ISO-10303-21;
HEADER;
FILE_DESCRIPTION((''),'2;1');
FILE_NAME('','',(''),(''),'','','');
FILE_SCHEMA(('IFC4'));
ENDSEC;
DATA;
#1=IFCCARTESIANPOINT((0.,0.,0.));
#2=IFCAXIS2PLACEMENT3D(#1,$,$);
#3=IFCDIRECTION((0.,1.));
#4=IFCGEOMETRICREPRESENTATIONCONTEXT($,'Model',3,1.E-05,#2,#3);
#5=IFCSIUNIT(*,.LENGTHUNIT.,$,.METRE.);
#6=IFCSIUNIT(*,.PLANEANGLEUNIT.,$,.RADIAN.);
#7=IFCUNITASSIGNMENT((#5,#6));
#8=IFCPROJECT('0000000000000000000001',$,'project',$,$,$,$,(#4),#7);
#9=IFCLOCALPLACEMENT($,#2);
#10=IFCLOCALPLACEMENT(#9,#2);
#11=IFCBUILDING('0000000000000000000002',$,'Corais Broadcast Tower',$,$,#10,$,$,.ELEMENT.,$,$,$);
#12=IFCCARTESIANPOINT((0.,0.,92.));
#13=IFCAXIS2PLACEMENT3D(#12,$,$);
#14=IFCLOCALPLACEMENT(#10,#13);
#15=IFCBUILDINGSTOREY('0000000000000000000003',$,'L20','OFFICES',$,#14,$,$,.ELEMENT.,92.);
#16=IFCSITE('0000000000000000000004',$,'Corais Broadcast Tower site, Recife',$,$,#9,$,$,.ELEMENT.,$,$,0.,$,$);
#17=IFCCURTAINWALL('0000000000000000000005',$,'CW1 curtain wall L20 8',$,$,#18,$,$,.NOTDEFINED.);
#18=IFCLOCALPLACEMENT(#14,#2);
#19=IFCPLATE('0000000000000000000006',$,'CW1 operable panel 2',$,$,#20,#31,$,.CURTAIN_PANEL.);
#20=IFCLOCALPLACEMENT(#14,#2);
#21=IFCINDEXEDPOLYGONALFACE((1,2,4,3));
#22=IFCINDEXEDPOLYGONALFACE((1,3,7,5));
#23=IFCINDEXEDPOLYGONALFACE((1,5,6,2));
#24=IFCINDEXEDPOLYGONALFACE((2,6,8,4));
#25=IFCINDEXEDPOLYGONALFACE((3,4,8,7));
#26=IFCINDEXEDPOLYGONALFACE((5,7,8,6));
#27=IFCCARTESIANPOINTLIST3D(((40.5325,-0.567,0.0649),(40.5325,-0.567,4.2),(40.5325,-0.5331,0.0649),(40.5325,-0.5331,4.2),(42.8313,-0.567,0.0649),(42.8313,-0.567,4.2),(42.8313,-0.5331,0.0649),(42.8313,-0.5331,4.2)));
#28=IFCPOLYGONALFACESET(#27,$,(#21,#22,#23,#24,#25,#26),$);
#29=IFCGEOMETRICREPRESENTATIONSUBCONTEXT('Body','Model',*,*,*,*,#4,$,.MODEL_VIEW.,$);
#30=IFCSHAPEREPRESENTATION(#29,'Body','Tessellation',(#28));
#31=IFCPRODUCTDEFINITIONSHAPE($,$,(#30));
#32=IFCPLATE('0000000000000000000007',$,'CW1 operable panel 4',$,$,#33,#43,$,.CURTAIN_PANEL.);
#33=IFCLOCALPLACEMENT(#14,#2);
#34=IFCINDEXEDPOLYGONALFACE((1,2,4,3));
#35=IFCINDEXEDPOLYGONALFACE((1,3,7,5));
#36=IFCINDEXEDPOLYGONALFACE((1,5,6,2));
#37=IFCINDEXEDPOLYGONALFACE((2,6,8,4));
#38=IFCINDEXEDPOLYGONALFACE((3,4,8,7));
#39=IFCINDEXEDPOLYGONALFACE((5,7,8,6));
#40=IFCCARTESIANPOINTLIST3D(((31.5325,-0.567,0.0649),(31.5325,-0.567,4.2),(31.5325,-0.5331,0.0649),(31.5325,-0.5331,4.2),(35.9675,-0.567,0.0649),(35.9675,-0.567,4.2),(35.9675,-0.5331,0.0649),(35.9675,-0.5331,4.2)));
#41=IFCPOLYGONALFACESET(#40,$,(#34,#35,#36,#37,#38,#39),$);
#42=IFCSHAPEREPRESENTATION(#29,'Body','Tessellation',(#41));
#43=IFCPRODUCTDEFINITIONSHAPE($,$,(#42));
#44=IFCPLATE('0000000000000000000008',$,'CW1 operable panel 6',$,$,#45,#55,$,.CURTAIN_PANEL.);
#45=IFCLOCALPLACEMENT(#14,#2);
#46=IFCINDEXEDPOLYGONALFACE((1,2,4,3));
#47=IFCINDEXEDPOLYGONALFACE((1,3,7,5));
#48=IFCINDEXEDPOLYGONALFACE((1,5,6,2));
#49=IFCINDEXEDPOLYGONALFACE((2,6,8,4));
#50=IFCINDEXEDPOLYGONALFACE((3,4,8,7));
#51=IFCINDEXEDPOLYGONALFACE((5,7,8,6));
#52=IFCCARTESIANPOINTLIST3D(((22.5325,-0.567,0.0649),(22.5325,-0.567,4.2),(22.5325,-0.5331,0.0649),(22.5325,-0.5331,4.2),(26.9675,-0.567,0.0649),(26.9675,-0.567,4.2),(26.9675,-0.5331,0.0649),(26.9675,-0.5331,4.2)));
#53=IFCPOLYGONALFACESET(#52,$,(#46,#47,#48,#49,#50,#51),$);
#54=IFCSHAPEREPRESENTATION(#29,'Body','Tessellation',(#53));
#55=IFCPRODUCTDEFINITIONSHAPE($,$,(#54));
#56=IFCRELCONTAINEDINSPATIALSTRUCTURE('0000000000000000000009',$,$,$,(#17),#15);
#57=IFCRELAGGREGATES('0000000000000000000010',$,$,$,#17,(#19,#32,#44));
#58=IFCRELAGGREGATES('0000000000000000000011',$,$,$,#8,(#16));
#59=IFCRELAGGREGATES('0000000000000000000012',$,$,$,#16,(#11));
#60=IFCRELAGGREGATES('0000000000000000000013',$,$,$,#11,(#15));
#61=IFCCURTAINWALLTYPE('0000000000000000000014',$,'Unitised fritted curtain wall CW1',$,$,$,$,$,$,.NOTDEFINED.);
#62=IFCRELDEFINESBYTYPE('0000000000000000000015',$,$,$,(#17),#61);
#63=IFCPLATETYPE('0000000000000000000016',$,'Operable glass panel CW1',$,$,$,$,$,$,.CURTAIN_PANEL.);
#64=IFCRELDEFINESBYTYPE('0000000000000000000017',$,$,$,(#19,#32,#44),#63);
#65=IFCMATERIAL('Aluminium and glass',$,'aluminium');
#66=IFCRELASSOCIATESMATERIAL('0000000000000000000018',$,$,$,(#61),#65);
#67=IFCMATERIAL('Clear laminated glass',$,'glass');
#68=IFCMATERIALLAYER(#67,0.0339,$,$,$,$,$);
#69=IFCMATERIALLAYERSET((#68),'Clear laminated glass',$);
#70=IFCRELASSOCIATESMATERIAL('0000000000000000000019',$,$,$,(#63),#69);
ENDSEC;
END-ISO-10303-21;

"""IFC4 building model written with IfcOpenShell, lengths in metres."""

from ifc_helpers import new_model, si_unit, direction, frame, origin, origin_2d, place, context, subcontext, project, spatial, rectangle, extrude, material, layer, layer_set, type_object, element, aggregate, save


model = new_model("IFC4")

# Units and contexts
model_context = context("Model", 3, precision=1e-05, world=origin(), true_north=direction((0.0, 1.0)))
body_context = subcontext(model_context, "Body", "Model", "MODEL_VIEW")
ifc_project = project(units=[si_unit("LENGTHUNIT", "METRE"), si_unit("PLANEANGLEUNIT", "RADIAN")], contexts=[model_context])

# Site, building, storey
site_placement = place(None, origin())
site = spatial("IfcSite", under=ifc_project, at=site_placement, Name="Corais Broadcast Tower site, Recife", CompositionType="ELEMENT", RefElevation=0.0)
building_placement = place(site_placement, origin())
building = spatial("IfcBuilding", under=site, at=building_placement, Name="Corais Broadcast Tower", CompositionType="ELEMENT")
storey_placement = place(building_placement, frame((0.0, 0.0, 92.0)))
storey = spatial("IfcBuildingStorey", under=building, at=storey_placement, Name="L20", Description="OFFICES", CompositionType="ELEMENT", Elevation=92.0)

# Curtain wall
ifc_material_1 = material(Name="Aluminium and glass", Category="aluminium")
curtain_wall_type = type_object("IfcCurtainWallType", Name="Unitised fritted curtain wall CW1", PredefinedType="NOTDEFINED", material=ifc_material_1)
curtain_wall_placement = place(storey_placement, origin())
curtain_wall = element("IfcCurtainWall", 1, at=curtain_wall_placement, inside=storey, type_object=curtain_wall_type, Name="CW1 curtain wall L20 8", PredefinedType="NOTDEFINED")

# Plates
ifc_material_2 = material(Name="Clear laminated glass", Category="glass")
ifc_layer_1 = layer(ifc_material_2, 0.0339)
ifc_layer_set_1 = layer_set([ifc_layer_1], Name="Clear laminated glass")
plate_type_1 = type_object("IfcPlateType", Name="Operable glass panel CW1", PredefinedType="CURTAIN_PANEL", material=ifc_layer_set_1)
plate_1_placement = place(storey_placement, frame((41.6819, -0.55, 0.0649), z_axis=(0.0, 0.0, 1.0), x_axis=(-1.0, 0.0, 0.0)))
plate_1 = element("IfcPlate", 2, at=plate_1_placement, type_object=plate_type_1, Name="CW1 operable panel 2", PredefinedType="CURTAIN_PANEL", context=body_context, shape_type="SweptSolid", body=[
    extrude(rectangle(XDim=2.2988, YDim=0.0339, at=origin_2d()), origin(), (0.0, 0.0, 1.0), 4.135),
])
plate_2_placement = place(storey_placement, frame((33.75, -0.55, 0.0649), z_axis=(0.0, 0.0, 1.0), x_axis=(-1.0, 0.0, 0.0)))
plate_2 = element("IfcPlate", 3, at=plate_2_placement, type_object=plate_type_1, Name="CW1 operable panel 4", PredefinedType="CURTAIN_PANEL", context=body_context, shape_type="SweptSolid", body=[
    extrude(rectangle(XDim=4.4351, YDim=0.0339, at=origin_2d()), origin(), (0.0, 0.0, 1.0), 4.135),
])
plate_3_placement = place(storey_placement, frame((24.75, -0.55, 0.0649), z_axis=(0.0, 0.0, 1.0), x_axis=(-1.0, 0.0, 0.0)))
plate_3 = element("IfcPlate", 4, at=plate_3_placement, type_object=plate_type_1, Name="CW1 operable panel 6", PredefinedType="CURTAIN_PANEL", context=body_context, shape_type="SweptSolid", body=[
    extrude(rectangle(XDim=4.4351, YDim=0.0339, at=origin_2d()), origin(), (0.0, 0.0, 1.0), 4.135),
])
aggregate(curtain_wall, [plate_1, plate_2, plate_3])

save(model, "model.ifc")
